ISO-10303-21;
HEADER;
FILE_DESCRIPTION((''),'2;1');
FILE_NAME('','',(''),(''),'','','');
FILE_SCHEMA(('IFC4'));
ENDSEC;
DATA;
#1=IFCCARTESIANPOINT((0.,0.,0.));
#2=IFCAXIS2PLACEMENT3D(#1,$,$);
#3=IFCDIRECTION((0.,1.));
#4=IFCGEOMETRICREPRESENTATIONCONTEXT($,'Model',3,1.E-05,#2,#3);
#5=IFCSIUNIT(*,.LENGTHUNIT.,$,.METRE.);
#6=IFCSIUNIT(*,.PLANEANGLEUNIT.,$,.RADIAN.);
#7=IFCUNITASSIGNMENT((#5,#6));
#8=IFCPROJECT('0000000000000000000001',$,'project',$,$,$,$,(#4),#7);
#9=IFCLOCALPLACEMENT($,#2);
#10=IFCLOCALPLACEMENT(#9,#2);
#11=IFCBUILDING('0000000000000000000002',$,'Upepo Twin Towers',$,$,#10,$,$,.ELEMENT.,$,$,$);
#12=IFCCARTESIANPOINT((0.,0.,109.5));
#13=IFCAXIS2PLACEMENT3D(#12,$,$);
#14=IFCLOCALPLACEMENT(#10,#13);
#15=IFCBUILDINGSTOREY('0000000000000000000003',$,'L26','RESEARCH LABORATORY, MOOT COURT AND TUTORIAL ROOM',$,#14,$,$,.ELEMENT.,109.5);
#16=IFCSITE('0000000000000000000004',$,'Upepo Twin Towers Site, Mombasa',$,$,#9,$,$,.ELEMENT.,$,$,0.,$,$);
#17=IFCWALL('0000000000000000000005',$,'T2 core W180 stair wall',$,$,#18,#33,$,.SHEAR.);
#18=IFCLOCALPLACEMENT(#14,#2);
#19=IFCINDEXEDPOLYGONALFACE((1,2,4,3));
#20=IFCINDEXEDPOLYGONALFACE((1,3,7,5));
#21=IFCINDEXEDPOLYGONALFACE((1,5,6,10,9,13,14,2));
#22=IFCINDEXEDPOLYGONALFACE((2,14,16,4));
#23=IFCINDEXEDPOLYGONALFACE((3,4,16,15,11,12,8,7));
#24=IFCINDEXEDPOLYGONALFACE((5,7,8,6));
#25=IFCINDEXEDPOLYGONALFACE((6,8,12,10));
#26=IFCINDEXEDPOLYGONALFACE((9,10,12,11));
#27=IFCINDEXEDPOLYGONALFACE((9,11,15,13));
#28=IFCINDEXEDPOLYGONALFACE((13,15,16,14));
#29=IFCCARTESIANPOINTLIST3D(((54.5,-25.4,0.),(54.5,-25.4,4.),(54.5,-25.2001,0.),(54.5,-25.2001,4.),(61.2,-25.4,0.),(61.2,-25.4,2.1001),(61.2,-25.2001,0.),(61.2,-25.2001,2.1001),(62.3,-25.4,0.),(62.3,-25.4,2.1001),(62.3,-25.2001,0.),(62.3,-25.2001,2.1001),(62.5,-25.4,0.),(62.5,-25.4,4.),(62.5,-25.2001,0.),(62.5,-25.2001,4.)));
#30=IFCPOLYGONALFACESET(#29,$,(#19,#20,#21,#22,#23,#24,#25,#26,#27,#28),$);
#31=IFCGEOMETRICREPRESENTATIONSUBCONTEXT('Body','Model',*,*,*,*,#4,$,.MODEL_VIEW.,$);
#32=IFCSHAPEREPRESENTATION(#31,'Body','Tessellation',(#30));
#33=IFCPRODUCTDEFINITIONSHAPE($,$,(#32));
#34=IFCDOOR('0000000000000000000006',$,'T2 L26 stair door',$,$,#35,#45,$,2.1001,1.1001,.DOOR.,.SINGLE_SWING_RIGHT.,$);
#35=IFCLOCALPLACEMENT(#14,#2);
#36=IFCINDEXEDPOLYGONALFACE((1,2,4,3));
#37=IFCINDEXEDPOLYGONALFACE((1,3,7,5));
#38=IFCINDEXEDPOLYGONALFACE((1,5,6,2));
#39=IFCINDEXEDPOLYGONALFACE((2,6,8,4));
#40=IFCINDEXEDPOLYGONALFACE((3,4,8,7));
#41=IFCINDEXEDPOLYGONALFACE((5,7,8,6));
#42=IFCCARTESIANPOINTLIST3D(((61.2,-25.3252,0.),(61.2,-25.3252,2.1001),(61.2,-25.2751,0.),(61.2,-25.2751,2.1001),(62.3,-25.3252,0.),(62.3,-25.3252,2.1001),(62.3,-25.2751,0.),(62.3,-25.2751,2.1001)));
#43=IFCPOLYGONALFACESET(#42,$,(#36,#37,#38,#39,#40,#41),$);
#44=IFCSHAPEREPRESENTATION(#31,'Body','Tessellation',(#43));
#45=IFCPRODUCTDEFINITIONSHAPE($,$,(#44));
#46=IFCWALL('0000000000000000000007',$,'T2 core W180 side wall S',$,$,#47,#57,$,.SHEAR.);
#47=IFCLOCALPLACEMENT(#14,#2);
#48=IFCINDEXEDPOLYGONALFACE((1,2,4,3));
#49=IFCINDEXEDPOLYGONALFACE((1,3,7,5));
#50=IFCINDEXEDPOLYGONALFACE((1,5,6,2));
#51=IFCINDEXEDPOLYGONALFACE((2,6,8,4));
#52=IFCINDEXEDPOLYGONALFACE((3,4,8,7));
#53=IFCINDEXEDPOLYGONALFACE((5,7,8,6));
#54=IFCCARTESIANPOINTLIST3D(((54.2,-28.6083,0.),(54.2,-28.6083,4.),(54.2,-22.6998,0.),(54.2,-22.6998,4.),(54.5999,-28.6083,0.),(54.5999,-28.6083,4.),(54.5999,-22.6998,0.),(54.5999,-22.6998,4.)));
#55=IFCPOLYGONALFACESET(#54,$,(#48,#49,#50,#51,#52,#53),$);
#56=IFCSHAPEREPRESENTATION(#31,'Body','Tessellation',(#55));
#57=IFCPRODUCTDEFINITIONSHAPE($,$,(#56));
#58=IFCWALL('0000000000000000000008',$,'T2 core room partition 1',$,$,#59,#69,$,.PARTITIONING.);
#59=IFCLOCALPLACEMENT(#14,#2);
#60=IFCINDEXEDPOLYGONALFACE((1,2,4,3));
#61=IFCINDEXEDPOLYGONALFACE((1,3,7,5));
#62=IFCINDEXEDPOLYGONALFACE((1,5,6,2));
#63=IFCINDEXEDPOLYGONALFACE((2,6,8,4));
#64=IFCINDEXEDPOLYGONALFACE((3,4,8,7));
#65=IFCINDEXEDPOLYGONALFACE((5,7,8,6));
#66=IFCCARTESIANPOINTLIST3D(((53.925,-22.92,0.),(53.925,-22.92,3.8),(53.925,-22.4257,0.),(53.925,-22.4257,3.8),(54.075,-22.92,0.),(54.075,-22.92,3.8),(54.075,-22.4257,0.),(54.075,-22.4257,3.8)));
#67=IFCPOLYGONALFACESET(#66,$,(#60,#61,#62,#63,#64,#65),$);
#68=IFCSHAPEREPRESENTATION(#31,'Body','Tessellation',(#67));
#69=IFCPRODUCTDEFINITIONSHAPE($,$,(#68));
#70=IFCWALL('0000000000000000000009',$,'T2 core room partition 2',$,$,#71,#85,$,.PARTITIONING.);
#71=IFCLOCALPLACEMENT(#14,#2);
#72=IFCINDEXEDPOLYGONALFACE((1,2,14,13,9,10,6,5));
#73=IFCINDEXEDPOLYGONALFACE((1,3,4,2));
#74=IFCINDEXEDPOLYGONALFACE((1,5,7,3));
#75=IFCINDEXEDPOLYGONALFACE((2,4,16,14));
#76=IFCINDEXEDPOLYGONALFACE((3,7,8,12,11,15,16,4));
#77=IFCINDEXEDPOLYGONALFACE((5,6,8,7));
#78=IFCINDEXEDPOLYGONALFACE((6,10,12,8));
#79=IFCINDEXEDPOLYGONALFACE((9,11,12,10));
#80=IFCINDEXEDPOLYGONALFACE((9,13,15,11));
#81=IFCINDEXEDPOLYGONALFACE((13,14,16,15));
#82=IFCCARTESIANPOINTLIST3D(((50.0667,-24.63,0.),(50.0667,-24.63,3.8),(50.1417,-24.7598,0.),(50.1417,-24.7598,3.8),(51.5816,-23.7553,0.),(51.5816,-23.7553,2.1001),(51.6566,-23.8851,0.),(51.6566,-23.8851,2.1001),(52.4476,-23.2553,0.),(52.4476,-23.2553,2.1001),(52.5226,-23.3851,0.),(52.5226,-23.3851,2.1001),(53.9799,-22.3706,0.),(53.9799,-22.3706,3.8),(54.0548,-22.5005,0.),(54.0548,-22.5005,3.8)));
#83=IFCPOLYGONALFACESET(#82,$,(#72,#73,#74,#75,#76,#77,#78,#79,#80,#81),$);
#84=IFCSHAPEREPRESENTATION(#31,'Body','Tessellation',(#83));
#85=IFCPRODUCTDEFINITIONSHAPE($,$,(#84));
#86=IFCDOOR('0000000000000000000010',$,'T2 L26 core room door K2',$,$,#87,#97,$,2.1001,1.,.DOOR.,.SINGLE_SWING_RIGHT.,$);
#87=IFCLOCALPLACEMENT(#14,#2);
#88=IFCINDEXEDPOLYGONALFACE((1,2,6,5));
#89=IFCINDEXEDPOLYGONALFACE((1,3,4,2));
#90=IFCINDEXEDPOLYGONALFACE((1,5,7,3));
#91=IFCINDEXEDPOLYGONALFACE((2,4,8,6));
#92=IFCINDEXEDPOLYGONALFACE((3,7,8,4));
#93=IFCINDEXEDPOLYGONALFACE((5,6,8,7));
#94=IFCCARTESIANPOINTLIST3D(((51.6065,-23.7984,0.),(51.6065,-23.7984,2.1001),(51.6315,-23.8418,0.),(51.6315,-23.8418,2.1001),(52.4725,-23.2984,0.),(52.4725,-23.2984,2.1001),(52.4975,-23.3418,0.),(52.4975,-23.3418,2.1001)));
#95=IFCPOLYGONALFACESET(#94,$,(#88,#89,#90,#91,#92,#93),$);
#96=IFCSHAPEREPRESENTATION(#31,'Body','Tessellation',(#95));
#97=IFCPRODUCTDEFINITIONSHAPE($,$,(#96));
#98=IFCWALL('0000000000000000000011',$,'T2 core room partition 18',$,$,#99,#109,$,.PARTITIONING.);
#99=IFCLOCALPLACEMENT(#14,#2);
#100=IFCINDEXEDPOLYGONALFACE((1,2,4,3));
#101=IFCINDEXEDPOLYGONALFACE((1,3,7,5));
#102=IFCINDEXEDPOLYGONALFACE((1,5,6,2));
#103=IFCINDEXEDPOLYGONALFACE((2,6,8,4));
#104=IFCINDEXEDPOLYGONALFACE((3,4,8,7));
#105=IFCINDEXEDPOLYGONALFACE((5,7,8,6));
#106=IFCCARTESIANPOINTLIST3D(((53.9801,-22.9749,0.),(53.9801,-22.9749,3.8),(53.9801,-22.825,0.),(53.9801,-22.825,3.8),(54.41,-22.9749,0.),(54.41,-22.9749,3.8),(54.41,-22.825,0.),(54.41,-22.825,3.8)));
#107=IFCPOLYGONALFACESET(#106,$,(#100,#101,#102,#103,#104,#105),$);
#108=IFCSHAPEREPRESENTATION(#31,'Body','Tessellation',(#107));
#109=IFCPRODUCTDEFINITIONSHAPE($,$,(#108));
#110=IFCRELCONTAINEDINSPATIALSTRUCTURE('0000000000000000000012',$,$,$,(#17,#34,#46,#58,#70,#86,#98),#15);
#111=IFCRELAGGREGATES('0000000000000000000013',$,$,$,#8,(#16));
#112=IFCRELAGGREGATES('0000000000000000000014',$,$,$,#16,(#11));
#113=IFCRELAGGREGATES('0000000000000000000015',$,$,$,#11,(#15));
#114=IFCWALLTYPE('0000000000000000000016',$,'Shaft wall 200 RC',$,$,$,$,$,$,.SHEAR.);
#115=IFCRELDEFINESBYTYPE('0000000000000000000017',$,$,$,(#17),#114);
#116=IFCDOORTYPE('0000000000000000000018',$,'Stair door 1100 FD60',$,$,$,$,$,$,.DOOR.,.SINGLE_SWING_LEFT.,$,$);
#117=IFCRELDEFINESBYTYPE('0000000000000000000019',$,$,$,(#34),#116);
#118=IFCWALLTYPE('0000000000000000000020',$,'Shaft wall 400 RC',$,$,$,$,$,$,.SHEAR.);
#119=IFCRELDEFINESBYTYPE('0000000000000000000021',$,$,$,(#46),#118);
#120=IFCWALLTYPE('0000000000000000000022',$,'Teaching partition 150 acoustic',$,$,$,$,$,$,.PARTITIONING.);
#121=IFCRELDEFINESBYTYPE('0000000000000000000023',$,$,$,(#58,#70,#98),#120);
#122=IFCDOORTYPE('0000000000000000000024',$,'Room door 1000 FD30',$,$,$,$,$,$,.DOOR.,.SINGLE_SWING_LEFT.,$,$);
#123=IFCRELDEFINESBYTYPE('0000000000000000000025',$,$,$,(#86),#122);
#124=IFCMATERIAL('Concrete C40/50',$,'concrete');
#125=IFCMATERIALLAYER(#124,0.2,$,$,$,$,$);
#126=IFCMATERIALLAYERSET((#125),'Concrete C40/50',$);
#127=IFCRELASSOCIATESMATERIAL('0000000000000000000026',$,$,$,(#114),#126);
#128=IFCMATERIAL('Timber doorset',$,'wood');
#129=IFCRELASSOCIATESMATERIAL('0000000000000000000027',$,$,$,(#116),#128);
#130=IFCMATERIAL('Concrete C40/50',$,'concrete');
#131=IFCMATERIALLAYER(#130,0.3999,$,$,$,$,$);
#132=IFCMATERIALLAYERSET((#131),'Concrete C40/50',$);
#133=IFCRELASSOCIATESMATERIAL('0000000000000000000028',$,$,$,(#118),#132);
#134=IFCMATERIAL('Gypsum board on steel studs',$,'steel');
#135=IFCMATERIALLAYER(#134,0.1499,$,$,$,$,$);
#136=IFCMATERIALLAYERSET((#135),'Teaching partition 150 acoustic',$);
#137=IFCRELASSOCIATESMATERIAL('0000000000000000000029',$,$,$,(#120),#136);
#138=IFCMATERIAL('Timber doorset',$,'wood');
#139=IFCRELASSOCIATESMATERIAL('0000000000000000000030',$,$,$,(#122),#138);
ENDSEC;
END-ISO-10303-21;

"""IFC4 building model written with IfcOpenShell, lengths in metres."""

from ifc_helpers import new_model, si_unit, direction, frame, frame_2d, origin, place, context, subcontext, project, spatial, rectangle, extrude, material, layer, layer_set, type_object, element, fill, save


model = new_model("IFC4")

# Units and contexts
model_context = context("Model", 3, precision=1e-05, world=origin(), true_north=direction((0.0, 1.0)))
body_context = subcontext(model_context, "Body", "Model", "MODEL_VIEW")
ifc_project = project(units=[si_unit("LENGTHUNIT", "METRE"), si_unit("PLANEANGLEUNIT", "RADIAN")], contexts=[model_context])

# Site, building, storey
site_placement = place(None, origin())
site = spatial("IfcSite", under=ifc_project, at=site_placement, Name="Upepo Twin Towers Site, Mombasa", CompositionType="ELEMENT", RefElevation=0.0)
building_placement = place(site_placement, origin())
building = spatial("IfcBuilding", under=site, at=building_placement, Name="Upepo Twin Towers", CompositionType="ELEMENT")
storey_placement = place(building_placement, frame((0.0, 0.0, 109.5)))
storey = spatial("IfcBuildingStorey", under=building, at=storey_placement, Name="L26", Description="RESEARCH LABORATORY, MOOT COURT AND TUTORIAL ROOM", CompositionType="ELEMENT", Elevation=109.5)

# Shared definitions
ifc_material_1 = material(Name="Concrete C40/50", Category="concrete")
ifc_layer_1 = layer(ifc_material_1, 0.2)
ifc_layer_set_1 = layer_set([ifc_layer_1], Name="Concrete C40/50")
wall_type_1 = type_object("IfcWallType", Name="Shaft wall 200 RC", PredefinedType="SHEAR", material=ifc_layer_set_1)

# Wall, opening, door
wall_1_placement = place(storey_placement, frame((54.5, -25.3, 0.0), z_axis=(0.0, 0.0, 1.0), x_axis=(1.0, 0.0, 0.0)))
wall_1 = element("IfcWall", 1, at=wall_1_placement, inside=storey, type_object=wall_type_1, Name="T2 core W180 stair wall", PredefinedType="SHEAR", context=body_context, shape_type="SweptSolid", body=[
    extrude(rectangle(XDim=8.0, YDim=0.2, at=frame_2d((4.0, 0.0))), origin(), (0.0, 0.0, 1.0), 4.0),
])
opening_1_placement = place(wall_1_placement, frame((6.7, 0.0, 0.0)))
opening_1 = element("IfcOpeningElement", 2, at=opening_1_placement, cuts=wall_1, PredefinedType="OPENING", context=body_context, shape_type="SweptSolid", body=[
    extrude(rectangle(XDim=1.1001, YDim=2.1001, at=frame_2d((0.55, 1.05))), frame((0.0, 0.1099, 0.0), z_axis=(0.0, -1.0, 0.0), x_axis=(1.0, 0.0, 0.0)), (0.0, 0.0, 1.0), 0.22),
])
ifc_material_2 = material(Name="Timber doorset", Category="wood")
door_type_1 = type_object("IfcDoorType", Name="Stair door 1100 FD60", OperationType="SINGLE_SWING_LEFT", PredefinedType="DOOR", material=ifc_material_2)
door_1_placement = place(opening_1_placement, origin())
door_1 = element("IfcDoor", 3, at=door_1_placement, inside=storey, type_object=door_type_1, Name="T2 L26 stair door", OperationType="SINGLE_SWING_RIGHT", OverallHeight=2.1001, OverallWidth=1.1001, PredefinedType="DOOR", context=body_context, shape_type="SweptSolid", body=[
    extrude(rectangle(XDim=1.1001, YDim=2.1001, at=frame_2d((0.55, 1.05))), frame((0.0, 0.0249, 0.0), z_axis=(0.0, -1.0, 0.0), x_axis=(1.0, 0.0, 0.0)), (0.0, 0.0, 1.0), 0.05),
])
fill(opening_1, door_1)

# Walls
ifc_material_3 = material(Name="Concrete C40/50", Category="concrete")
ifc_layer_2 = layer(ifc_material_3, 0.3999)
ifc_layer_set_2 = layer_set([ifc_layer_2], Name="Concrete C40/50")
wall_type_2 = type_object("IfcWallType", Name="Shaft wall 400 RC", PredefinedType="SHEAR", material=ifc_layer_set_2)
wall_2_placement = place(storey_placement, frame((54.3999, -22.7, 0.0), z_axis=(0.0, 0.0, 1.0), x_axis=(0.0, -1.0, 0.0)))
element("IfcWall", 4, at=wall_2_placement, inside=storey, type_object=wall_type_2, Name="T2 core W180 side wall S", PredefinedType="SHEAR", context=body_context, shape_type="SweptSolid", body=[
    extrude(rectangle(XDim=5.9084, YDim=0.3999, at=frame_2d((2.9541, 0.0))), origin(), (0.0, 0.0, 1.0), 4.0),
])
ifc_material_4 = material(Name="Gypsum board on steel studs", Category="steel")
ifc_layer_3 = layer(ifc_material_4, 0.1499)
ifc_layer_set_3 = layer_set([ifc_layer_3], Name="Teaching partition 150 acoustic")
wall_type_3 = type_object("IfcWallType", Name="Teaching partition 150 acoustic", PredefinedType="PARTITIONING", material=ifc_layer_set_3)
wall_3_placement = place(storey_placement, frame((54.0, -22.9199, 0.0), z_axis=(0.0, 0.0, 1.0), x_axis=(0.0, 1.0, 0.0)))
element("IfcWall", 5, at=wall_3_placement, inside=storey, type_object=wall_type_3, Name="T2 core room partition 1", PredefinedType="PARTITIONING", context=body_context, shape_type="SweptSolid", body=[
    extrude(rectangle(XDim=0.4944, YDim=0.1499, at=frame_2d((0.2471, 0.0))), origin(), (0.0, 0.0, 1.0), 3.8),
])

# Wall, opening, door
wall_4_placement = place(storey_placement, frame((54.0173, -22.4355, 0.0), z_axis=(0.0, 0.0, 1.0), x_axis=(-0.86602, -0.500009, 0.0)))
wall_4 = element("IfcWall", 6, at=wall_4_placement, inside=storey, type_object=wall_type_3, Name="T2 core room partition 2", PredefinedType="PARTITIONING", context=body_context, shape_type="SweptSolid", body=[
    extrude(rectangle(XDim=4.5186, YDim=0.1499, at=frame_2d((2.2593, 0.0))), origin(), (0.0, 0.0, 1.0), 3.8),
])
opening_2_placement = place(wall_4_placement, frame((1.7693, 0.0, 0.0)))
opening_2 = element("IfcOpeningElement", 7, at=opening_2_placement, cuts=wall_4, PredefinedType="OPENING", context=body_context, shape_type="SweptSolid", body=[
    extrude(rectangle(XDim=1.0, YDim=2.1001, at=frame_2d((0.5, 1.05))), frame((0.0, 0.085, 0.0), z_axis=(0.0, -1.0, 0.0), x_axis=(1.0, 0.0, 0.0)), (0.0, 0.0, 1.0), 0.1699),
])
ifc_material_5 = material(Name="Timber doorset", Category="wood")
door_type_2 = type_object("IfcDoorType", Name="Room door 1000 FD30", OperationType="SINGLE_SWING_LEFT", PredefinedType="DOOR", material=ifc_material_5)
door_2_placement = place(opening_2_placement, origin())
door_2 = element("IfcDoor", 8, at=door_2_placement, inside=storey, type_object=door_type_2, Name="T2 L26 core room door K2", OperationType="SINGLE_SWING_RIGHT", OverallHeight=2.1001, OverallWidth=1.0, PredefinedType="DOOR", context=body_context, shape_type="SweptSolid", body=[
    extrude(rectangle(XDim=1.0, YDim=2.1001, at=frame_2d((0.5, 1.05))), frame((0.0, 0.0249, 0.0), z_axis=(0.0, -1.0, 0.0), x_axis=(1.0, 0.0, 0.0)), (0.0, 0.0, 1.0), 0.05),
])
fill(opening_2, door_2)

# Wall
wall_5_placement = place(storey_placement, frame((54.4099, -22.8999, 0.0), z_axis=(0.0, 0.0, 1.0), x_axis=(-1.0, 0.0, 0.0)))
element("IfcWall", 9, at=wall_5_placement, inside=storey, type_object=wall_type_3, Name="T2 core room partition 18", PredefinedType="PARTITIONING", context=body_context, shape_type="SweptSolid", body=[
    extrude(rectangle(XDim=0.4299, YDim=0.1499, at=frame_2d((0.2148, 0.0))), origin(), (0.0, 0.0, 1.0), 3.8),
])

save(model, "model.ifc")
